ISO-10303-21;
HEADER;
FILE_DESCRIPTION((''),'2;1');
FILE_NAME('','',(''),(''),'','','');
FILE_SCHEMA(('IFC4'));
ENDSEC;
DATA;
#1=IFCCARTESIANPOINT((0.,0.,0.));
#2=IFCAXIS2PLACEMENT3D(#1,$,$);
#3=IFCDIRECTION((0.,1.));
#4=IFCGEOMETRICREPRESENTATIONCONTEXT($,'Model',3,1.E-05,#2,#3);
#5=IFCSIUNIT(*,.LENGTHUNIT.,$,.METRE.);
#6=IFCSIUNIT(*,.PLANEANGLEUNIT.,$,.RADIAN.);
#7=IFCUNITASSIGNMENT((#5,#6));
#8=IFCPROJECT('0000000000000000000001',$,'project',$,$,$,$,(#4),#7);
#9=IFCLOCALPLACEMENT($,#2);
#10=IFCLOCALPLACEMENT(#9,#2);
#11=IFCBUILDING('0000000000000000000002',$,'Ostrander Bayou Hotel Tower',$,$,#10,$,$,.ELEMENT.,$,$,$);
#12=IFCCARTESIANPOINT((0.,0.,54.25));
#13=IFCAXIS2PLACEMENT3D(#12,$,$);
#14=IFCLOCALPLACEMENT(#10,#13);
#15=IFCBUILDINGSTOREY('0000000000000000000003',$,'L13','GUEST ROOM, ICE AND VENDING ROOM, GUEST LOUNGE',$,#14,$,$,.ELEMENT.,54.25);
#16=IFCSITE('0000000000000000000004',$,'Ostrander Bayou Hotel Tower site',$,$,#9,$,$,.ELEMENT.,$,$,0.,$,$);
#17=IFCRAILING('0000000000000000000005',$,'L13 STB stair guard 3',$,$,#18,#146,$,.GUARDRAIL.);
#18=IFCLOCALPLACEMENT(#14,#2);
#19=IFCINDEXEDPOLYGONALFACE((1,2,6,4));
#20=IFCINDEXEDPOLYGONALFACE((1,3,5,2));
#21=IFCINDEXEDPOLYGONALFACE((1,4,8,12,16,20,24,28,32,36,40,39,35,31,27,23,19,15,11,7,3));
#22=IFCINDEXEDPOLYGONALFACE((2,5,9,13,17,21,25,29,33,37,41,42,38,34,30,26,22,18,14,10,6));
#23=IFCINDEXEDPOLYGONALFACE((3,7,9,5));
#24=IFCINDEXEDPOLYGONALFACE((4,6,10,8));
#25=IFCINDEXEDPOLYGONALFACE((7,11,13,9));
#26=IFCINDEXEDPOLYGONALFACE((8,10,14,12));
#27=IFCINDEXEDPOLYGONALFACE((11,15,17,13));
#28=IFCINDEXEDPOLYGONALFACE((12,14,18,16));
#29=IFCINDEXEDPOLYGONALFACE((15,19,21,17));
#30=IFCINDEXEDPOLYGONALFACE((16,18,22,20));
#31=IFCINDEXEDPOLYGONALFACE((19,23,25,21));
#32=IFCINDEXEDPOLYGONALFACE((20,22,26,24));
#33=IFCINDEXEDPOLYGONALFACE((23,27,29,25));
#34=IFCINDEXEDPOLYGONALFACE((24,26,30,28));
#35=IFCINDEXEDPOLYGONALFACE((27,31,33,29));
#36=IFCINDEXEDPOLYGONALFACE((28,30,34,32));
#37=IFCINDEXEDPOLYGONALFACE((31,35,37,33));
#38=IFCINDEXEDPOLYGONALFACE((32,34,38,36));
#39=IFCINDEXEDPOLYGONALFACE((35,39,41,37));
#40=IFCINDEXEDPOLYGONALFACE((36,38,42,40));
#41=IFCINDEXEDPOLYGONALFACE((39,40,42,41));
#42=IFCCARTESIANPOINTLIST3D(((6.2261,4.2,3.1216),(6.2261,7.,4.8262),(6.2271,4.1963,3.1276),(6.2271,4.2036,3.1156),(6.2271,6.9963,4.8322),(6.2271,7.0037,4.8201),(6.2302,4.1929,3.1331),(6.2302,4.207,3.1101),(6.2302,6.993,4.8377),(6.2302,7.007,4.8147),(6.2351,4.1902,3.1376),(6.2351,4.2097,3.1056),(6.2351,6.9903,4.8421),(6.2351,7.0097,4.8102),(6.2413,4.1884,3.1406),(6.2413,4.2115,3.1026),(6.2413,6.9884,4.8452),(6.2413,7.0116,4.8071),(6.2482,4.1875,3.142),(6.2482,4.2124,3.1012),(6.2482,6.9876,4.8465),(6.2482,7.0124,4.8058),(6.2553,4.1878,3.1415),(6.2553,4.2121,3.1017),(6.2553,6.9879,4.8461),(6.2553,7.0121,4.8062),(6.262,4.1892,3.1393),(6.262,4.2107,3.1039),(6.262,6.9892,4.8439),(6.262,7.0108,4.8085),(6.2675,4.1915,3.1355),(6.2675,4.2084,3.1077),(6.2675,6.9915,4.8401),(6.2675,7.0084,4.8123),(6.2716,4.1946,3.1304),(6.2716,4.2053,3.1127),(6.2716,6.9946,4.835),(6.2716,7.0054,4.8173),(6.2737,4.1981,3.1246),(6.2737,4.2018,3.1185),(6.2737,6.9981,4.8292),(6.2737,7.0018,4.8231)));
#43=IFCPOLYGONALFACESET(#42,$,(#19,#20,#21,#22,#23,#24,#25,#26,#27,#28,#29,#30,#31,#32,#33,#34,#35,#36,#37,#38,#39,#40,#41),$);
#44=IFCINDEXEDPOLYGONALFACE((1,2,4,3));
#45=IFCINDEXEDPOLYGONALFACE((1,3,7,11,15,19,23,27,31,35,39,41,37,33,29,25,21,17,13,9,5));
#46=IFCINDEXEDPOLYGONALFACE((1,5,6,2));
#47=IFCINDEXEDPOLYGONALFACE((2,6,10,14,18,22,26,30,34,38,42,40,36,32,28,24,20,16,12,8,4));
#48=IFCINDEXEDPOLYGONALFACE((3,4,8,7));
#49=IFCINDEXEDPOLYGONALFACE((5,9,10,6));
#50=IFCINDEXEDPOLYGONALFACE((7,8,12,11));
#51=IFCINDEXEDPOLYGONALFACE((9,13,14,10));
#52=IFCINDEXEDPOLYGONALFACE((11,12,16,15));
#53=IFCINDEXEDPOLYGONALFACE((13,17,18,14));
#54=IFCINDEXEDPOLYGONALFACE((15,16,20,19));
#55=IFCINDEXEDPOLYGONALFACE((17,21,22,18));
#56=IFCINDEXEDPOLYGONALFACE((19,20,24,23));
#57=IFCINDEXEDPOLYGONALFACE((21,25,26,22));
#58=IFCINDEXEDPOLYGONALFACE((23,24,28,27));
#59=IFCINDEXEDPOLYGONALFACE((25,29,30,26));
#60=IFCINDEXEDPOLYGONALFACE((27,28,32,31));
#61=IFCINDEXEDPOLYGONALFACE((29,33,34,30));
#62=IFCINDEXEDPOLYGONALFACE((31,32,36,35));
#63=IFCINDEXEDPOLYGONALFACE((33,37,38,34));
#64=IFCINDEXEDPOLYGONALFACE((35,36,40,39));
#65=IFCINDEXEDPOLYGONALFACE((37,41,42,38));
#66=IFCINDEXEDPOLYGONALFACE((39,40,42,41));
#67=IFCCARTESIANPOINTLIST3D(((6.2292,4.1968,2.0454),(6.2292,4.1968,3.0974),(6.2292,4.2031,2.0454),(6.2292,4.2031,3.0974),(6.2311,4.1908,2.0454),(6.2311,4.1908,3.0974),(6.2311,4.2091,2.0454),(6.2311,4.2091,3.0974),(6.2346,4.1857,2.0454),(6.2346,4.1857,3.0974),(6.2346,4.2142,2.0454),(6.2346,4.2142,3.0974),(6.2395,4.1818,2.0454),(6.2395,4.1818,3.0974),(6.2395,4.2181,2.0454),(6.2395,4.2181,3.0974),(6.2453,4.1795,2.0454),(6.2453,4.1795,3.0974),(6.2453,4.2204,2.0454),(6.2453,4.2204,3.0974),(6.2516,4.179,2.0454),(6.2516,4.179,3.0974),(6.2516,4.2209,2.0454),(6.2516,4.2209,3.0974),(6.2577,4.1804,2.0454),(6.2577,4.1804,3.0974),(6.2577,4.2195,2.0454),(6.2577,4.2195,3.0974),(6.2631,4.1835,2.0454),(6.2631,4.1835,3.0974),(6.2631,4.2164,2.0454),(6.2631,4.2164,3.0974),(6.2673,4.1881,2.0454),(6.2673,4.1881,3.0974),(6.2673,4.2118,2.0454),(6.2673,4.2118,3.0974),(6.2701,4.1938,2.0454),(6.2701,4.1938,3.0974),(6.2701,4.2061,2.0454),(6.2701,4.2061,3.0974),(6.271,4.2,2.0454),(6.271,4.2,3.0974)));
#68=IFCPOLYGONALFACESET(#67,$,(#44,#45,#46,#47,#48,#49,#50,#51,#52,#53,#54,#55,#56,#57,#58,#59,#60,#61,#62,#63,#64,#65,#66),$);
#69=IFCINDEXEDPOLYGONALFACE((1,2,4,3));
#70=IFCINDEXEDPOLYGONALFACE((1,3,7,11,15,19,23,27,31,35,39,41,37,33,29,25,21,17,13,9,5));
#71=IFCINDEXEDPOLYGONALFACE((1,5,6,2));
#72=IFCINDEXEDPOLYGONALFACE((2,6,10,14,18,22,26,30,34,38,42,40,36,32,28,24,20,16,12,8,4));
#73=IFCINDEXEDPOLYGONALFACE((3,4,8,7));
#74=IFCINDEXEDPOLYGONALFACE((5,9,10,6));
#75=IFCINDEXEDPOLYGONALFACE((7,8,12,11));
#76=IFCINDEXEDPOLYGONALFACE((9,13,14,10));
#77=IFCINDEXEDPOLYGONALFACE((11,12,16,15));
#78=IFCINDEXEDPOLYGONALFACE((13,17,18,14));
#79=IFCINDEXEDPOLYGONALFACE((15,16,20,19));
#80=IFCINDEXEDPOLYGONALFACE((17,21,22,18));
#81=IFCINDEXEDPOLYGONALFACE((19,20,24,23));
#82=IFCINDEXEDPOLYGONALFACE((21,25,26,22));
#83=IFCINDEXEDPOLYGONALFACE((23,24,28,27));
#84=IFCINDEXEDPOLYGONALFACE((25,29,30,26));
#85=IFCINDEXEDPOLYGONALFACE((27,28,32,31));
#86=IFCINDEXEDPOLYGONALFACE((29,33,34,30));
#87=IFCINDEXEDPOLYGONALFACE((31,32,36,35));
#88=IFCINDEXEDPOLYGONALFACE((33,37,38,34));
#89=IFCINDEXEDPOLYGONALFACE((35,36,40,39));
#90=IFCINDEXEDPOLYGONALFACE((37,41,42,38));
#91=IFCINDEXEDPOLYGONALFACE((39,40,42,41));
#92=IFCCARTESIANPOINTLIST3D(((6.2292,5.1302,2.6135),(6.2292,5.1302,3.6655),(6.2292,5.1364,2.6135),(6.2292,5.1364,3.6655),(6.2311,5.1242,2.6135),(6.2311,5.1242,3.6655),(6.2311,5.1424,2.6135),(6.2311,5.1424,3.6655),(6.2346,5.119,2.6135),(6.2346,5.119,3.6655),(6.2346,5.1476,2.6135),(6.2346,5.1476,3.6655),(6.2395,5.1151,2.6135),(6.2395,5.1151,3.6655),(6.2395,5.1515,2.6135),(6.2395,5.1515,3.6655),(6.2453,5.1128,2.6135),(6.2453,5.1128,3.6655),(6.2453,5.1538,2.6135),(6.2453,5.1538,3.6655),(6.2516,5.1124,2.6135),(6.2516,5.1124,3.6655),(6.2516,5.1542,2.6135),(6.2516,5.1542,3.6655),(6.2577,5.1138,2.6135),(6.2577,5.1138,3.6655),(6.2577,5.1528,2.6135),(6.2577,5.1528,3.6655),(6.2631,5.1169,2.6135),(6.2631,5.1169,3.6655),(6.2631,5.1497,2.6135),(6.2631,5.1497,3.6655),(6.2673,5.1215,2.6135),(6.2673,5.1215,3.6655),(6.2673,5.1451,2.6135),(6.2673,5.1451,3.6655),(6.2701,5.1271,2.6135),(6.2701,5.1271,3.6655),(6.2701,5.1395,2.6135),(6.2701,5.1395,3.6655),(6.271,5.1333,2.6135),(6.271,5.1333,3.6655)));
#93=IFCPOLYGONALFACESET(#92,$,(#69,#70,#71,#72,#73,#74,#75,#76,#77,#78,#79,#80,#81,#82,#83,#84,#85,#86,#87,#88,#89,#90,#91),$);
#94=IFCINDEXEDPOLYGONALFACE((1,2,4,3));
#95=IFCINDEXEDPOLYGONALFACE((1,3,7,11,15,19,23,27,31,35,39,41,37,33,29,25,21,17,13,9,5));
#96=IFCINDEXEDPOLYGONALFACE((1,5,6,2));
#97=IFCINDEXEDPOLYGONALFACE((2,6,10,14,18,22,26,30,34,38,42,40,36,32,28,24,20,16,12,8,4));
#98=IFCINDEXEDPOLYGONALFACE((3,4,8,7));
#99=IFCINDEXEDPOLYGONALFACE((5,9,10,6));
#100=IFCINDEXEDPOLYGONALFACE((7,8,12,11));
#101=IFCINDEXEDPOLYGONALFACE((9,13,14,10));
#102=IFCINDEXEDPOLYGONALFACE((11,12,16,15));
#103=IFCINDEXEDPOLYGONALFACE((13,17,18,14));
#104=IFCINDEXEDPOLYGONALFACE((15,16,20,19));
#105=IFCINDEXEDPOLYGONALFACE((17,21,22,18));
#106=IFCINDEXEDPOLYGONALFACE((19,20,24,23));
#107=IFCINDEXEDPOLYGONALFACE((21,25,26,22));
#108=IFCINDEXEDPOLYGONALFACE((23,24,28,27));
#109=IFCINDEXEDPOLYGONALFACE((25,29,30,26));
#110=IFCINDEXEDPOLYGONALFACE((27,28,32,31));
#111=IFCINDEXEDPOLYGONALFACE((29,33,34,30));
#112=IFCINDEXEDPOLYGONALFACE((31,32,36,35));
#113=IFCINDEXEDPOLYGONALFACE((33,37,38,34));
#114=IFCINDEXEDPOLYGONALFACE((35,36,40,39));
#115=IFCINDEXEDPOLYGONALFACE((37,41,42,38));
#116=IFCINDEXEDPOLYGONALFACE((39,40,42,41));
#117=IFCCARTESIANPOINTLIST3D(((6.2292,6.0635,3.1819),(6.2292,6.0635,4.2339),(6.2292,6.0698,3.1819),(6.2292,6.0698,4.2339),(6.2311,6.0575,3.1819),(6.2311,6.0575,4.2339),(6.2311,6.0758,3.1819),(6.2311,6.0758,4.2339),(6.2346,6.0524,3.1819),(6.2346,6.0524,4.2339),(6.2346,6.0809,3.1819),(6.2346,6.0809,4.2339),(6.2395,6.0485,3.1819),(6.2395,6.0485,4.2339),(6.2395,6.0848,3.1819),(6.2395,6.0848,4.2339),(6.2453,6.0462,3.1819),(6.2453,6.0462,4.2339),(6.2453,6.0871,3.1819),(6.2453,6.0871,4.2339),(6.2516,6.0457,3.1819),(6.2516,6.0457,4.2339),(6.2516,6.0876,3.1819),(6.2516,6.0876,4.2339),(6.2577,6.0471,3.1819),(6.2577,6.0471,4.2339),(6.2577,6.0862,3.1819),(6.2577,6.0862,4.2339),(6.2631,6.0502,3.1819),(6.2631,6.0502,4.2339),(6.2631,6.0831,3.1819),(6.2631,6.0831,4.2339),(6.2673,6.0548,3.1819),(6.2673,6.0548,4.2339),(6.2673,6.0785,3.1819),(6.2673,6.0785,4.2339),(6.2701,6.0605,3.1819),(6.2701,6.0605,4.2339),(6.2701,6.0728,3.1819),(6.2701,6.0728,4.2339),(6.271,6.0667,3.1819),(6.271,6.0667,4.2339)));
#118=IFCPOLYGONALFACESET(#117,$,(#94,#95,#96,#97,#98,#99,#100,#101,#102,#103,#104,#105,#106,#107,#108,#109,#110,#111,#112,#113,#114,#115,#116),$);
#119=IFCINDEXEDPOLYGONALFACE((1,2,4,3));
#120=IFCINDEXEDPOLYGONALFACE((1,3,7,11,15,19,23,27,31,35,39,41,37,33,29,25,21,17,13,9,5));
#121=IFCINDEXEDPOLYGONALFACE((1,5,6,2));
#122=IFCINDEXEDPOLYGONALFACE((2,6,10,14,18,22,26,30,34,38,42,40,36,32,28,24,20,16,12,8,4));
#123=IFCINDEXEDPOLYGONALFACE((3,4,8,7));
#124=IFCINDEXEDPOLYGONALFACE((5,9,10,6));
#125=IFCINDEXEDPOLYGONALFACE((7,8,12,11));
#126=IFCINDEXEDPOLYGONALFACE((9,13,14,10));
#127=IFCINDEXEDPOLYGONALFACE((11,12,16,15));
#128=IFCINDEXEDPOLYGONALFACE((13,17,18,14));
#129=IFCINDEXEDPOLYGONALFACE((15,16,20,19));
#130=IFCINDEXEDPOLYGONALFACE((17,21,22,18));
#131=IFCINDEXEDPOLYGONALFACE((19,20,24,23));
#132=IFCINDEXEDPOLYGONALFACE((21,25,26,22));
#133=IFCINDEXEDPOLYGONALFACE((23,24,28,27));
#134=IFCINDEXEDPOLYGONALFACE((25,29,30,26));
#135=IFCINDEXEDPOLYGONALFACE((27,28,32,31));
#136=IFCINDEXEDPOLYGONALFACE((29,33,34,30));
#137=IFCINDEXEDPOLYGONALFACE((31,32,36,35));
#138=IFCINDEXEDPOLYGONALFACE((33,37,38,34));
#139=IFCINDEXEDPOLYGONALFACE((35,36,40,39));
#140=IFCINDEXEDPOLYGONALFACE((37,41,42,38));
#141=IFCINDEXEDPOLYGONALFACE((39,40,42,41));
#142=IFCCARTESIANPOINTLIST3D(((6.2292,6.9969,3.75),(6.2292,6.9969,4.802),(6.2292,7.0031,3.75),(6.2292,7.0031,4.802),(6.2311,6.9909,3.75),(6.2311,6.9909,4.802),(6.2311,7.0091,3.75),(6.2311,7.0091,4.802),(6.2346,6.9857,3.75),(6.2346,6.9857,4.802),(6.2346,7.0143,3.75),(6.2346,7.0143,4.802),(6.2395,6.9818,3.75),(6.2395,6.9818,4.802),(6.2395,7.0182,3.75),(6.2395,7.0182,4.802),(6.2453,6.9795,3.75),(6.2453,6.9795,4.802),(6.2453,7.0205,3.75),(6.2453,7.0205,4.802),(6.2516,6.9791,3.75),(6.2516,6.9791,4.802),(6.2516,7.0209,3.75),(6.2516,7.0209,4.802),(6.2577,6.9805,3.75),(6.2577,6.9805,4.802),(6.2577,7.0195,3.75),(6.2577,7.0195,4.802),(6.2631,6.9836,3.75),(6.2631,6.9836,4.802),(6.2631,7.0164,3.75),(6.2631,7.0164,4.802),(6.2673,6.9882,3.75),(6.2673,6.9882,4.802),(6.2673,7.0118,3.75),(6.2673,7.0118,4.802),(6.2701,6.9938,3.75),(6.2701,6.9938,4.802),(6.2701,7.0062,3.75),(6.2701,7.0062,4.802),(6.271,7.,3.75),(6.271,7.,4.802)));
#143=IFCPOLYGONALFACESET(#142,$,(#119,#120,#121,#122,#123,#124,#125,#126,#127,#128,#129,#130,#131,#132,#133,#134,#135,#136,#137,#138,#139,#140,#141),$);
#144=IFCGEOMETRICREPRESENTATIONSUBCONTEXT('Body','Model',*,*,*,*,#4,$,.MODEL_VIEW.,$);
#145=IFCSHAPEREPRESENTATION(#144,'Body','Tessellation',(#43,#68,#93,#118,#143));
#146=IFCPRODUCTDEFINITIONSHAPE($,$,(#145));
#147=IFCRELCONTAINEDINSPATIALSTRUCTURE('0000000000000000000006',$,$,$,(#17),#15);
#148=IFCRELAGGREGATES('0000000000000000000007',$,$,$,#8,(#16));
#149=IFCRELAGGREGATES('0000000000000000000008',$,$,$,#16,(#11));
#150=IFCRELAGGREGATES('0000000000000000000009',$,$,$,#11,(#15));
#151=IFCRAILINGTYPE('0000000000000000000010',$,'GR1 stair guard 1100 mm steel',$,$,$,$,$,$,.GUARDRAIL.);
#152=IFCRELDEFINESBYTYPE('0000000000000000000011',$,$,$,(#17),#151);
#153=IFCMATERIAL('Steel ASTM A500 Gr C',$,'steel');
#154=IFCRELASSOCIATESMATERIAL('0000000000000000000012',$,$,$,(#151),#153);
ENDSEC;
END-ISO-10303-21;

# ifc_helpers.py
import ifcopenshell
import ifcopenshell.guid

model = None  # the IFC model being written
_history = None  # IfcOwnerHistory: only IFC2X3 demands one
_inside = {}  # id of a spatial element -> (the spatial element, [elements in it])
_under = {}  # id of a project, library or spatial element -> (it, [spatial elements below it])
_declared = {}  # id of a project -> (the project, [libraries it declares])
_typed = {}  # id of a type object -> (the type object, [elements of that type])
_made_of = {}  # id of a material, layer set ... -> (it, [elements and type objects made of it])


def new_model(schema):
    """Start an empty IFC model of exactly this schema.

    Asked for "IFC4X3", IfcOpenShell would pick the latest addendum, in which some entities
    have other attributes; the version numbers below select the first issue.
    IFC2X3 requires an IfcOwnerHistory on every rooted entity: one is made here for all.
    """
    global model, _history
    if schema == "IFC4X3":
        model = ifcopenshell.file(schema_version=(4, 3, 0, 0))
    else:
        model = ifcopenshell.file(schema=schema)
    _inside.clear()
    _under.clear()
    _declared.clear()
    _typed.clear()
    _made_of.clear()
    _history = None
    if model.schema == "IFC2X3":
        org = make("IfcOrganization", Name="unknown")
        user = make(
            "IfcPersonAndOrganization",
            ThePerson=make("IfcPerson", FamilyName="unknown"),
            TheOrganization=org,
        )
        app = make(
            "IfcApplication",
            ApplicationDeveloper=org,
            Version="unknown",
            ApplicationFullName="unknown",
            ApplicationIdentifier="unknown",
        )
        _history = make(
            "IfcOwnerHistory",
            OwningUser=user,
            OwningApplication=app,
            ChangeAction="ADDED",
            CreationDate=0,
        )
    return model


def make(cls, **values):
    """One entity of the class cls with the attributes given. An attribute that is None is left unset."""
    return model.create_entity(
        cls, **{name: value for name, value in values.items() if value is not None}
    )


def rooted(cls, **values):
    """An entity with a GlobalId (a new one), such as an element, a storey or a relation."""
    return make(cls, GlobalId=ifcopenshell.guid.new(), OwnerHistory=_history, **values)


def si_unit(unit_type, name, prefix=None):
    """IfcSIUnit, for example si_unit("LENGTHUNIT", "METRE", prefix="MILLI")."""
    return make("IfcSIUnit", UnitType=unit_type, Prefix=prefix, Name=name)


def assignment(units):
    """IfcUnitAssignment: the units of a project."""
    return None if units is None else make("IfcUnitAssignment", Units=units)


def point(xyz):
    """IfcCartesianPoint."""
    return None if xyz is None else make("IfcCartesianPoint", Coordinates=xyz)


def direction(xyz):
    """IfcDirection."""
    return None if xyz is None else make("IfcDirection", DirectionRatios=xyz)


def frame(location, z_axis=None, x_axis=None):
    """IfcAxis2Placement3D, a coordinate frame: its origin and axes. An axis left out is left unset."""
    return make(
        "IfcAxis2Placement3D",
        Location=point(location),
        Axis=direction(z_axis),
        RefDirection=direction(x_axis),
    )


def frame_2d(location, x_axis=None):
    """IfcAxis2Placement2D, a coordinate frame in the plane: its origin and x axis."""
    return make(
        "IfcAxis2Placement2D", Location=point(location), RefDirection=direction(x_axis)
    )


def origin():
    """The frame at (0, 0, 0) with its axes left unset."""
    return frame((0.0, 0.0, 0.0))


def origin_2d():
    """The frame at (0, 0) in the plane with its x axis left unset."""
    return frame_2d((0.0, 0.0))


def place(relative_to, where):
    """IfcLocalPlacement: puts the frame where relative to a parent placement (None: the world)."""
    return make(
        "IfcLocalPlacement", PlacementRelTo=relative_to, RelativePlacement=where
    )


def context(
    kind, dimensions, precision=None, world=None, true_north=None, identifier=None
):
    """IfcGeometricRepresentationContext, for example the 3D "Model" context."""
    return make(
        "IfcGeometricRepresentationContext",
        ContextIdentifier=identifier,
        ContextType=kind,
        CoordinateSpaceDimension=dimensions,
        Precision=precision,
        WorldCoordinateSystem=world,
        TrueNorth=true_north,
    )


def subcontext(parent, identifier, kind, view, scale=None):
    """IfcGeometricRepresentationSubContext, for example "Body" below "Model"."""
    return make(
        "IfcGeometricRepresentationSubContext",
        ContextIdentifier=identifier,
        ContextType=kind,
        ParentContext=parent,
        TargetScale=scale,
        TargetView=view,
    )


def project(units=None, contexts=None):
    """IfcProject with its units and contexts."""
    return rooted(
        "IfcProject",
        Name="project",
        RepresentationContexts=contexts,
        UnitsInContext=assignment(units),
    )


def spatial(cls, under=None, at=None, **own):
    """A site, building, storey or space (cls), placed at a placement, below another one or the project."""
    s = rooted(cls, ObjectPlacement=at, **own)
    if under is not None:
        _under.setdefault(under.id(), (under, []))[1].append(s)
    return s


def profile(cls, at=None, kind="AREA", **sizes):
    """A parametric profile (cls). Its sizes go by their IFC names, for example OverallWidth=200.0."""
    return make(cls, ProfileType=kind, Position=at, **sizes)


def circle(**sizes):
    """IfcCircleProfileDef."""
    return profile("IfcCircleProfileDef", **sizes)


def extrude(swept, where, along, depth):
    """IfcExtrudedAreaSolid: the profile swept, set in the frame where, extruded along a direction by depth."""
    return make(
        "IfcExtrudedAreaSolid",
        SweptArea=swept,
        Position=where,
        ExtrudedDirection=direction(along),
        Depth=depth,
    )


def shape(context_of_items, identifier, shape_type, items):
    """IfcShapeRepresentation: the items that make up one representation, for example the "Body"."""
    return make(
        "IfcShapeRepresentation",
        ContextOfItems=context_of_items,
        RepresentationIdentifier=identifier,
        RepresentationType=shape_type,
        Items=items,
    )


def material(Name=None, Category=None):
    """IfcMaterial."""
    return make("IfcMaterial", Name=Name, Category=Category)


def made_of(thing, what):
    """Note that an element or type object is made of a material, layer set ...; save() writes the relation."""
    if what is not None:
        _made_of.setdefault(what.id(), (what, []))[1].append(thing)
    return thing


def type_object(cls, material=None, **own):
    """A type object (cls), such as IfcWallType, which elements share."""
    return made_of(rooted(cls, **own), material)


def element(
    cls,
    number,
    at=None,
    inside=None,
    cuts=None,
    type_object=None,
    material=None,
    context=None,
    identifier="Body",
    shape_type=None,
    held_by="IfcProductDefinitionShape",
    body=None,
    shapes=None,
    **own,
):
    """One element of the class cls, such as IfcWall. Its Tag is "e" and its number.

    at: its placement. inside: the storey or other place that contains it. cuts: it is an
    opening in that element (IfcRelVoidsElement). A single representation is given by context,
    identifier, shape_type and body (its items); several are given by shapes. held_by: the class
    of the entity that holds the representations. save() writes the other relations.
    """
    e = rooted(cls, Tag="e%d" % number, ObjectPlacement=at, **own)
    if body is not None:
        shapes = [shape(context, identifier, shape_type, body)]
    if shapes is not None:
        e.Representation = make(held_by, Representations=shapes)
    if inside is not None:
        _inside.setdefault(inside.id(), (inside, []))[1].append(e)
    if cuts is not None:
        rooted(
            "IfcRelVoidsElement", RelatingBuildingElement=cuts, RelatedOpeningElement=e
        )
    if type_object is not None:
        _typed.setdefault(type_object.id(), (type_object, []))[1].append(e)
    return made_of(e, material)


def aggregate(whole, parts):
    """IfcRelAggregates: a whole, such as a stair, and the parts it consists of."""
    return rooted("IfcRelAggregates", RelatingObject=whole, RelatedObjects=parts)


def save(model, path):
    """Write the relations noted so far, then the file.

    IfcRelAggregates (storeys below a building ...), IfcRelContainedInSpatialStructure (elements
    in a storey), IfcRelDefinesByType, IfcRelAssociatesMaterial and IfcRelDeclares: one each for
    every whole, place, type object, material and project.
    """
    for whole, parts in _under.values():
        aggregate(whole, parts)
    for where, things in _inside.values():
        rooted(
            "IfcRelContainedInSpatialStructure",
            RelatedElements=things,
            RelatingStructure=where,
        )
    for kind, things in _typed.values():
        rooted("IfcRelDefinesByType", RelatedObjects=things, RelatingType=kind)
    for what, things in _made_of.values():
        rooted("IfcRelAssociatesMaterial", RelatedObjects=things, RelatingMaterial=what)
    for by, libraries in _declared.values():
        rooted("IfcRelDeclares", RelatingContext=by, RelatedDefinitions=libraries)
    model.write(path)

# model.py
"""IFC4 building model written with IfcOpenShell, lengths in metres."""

from ifc_helpers import new_model, si_unit, direction, frame, origin, origin_2d, place, context, subcontext, project, spatial, circle, extrude, material, type_object, element, save


model = new_model("IFC4")

# Units and contexts
model_context = context("Model", 3, precision=1e-05, world=origin(), true_north=direction((0.0, 1.0)))
body_context = subcontext(model_context, "Body", "Model", "MODEL_VIEW")
ifc_project = project(units=[si_unit("LENGTHUNIT", "METRE"), si_unit("PLANEANGLEUNIT", "RADIAN")], contexts=[model_context])

# Site, building, storey
site_placement = place(None, origin())
site = spatial("IfcSite", under=ifc_project, at=site_placement, Name="Ostrander Bayou Hotel Tower site", CompositionType="ELEMENT", RefElevation=0.0)
building_placement = place(site_placement, origin())
building = spatial("IfcBuilding", under=site, at=building_placement, Name="Ostrander Bayou Hotel Tower", CompositionType="ELEMENT")
storey_placement = place(building_placement, frame((0.0, 0.0, 54.25)))
storey = spatial("IfcBuildingStorey", under=building, at=storey_placement, Name="L13", Description="GUEST ROOM, ICE AND VENDING ROOM, GUEST LOUNGE", CompositionType="ELEMENT", Elevation=54.25)

# Railing
ifc_material_1 = material(Name="Steel ASTM A500 Gr C", Category="steel")
railing_type_1 = type_object("IfcRailingType", Name="GR1 stair guard 1100 mm steel", PredefinedType="GUARDRAIL", material=ifc_material_1)
railing_1_placement = place(storey_placement, frame((6.25, 4.2, 2.0454)))
element("IfcRailing", 1, at=railing_1_placement, inside=storey, type_object=railing_type_1, Name="L13 STB stair guard 3", PredefinedType="GUARDRAIL", context=body_context, shape_type="SweptSolid", body=[
    extrude(circle(Radius=0.0239, at=origin_2d()), frame((0.0, 0.0, 1.0762), z_axis=(0.0, 0.85417, 0.519994), x_axis=(-1.0, 0.0, 0.0)), (0.0, 0.0, 1.0), 3.2781),
    extrude(circle(Radius=0.021, at=origin_2d()), origin(), (0.0, 0.0, 1.0), 1.052),
    extrude(circle(Radius=0.021, at=origin_2d()), frame((0.0, 0.9333, 0.5681)), (0.0, 0.0, 1.0), 1.052),
    extrude(circle(Radius=0.021, at=origin_2d()), frame((0.0, 1.8667, 1.1365)), (0.0, 0.0, 1.0), 1.052),
    extrude(circle(Radius=0.021, at=origin_2d()), frame((0.0, 2.8, 1.7046)), (0.0, 0.0, 1.0), 1.052),
])

save(model, "model.ifc")
